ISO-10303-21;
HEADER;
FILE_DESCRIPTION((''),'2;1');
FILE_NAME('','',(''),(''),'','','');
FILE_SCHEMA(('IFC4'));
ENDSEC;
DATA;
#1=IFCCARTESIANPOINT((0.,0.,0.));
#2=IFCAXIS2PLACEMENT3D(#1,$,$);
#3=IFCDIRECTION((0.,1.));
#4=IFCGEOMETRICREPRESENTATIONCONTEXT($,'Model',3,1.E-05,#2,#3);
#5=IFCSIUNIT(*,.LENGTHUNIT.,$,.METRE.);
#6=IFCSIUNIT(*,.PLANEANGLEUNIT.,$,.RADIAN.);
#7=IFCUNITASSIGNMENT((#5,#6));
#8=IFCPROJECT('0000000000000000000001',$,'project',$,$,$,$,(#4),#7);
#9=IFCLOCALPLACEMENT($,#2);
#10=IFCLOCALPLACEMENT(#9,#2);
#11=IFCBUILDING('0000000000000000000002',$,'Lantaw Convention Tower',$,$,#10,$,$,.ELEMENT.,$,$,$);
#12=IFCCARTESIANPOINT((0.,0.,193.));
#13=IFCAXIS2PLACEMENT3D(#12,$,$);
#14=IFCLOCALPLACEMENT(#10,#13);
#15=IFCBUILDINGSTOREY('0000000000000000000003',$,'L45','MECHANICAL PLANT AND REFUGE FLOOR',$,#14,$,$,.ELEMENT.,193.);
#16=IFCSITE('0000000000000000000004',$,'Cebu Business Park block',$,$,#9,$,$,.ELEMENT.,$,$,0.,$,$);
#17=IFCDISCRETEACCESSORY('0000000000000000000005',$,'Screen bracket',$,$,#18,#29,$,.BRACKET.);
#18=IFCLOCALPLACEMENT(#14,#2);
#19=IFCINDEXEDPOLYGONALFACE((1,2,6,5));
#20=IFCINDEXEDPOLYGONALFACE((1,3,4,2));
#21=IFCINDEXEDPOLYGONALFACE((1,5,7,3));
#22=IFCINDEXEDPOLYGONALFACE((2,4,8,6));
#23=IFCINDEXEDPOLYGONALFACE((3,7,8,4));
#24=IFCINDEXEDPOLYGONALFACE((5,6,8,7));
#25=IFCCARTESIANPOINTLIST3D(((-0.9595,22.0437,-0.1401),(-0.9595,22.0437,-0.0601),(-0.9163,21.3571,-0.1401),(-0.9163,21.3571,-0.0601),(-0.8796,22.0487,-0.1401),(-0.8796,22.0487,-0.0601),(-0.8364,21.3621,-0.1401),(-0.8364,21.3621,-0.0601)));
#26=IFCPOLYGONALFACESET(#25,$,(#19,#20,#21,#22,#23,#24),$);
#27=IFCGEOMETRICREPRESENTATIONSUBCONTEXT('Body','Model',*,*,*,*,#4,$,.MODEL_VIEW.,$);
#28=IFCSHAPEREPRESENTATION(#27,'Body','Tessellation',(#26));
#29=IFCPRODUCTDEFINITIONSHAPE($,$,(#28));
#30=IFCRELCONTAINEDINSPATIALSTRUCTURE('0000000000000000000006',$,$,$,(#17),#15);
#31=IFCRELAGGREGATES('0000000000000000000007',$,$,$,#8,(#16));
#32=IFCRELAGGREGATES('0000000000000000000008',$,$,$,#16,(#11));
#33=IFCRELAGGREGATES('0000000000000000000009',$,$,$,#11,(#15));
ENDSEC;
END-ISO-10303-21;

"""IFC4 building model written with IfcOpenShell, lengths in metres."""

from ifc_helpers import new_model, si_unit, direction, frame, origin, origin_2d, place, context, subcontext, project, spatial, rectangle, extrude, element, save


model = new_model("IFC4")

# Units and contexts
model_context = context("Model", 3, precision=1e-05, world=origin(), true_north=direction((0.0, 1.0)))
body_context = subcontext(model_context, "Body", "Model", "MODEL_VIEW")
ifc_project = project(units=[si_unit("LENGTHUNIT", "METRE"), si_unit("PLANEANGLEUNIT", "RADIAN")], contexts=[model_context])

# Site, building, storey
site_placement = place(None, origin())
site = spatial("IfcSite", under=ifc_project, at=site_placement, Name="Cebu Business Park block", CompositionType="ELEMENT", RefElevation=0.0)
building_placement = place(site_placement, origin())
building = spatial("IfcBuilding", under=site, at=building_placement, Name="Lantaw Convention Tower", CompositionType="ELEMENT")
storey_placement = place(building_placement, frame((0.0, 0.0, 193.0)))
storey = spatial("IfcBuildingStorey", under=building, at=storey_placement, Name="L45", Description="MECHANICAL PLANT AND REFUGE FLOOR", CompositionType="ELEMENT", Elevation=193.0)

# Discrete accessory
discrete_accessory_placement = place(storey_placement, frame((-0.8979, 21.7029, -0.1401), z_axis=(0.0, 0.0, 1.0), x_axis=(-0.998022, -0.062865, 0.0)))
element("IfcDiscreteAccessory", 1, at=discrete_accessory_placement, inside=storey, Name="Screen bracket", PredefinedType="BRACKET", context=body_context, shape_type="SweptSolid", body=[
    extrude(rectangle(XDim=0.0801, YDim=0.688, at=origin_2d()), origin(), (0.0, 0.0, 1.0), 0.0801),
])

save(model, "model.ifc")
